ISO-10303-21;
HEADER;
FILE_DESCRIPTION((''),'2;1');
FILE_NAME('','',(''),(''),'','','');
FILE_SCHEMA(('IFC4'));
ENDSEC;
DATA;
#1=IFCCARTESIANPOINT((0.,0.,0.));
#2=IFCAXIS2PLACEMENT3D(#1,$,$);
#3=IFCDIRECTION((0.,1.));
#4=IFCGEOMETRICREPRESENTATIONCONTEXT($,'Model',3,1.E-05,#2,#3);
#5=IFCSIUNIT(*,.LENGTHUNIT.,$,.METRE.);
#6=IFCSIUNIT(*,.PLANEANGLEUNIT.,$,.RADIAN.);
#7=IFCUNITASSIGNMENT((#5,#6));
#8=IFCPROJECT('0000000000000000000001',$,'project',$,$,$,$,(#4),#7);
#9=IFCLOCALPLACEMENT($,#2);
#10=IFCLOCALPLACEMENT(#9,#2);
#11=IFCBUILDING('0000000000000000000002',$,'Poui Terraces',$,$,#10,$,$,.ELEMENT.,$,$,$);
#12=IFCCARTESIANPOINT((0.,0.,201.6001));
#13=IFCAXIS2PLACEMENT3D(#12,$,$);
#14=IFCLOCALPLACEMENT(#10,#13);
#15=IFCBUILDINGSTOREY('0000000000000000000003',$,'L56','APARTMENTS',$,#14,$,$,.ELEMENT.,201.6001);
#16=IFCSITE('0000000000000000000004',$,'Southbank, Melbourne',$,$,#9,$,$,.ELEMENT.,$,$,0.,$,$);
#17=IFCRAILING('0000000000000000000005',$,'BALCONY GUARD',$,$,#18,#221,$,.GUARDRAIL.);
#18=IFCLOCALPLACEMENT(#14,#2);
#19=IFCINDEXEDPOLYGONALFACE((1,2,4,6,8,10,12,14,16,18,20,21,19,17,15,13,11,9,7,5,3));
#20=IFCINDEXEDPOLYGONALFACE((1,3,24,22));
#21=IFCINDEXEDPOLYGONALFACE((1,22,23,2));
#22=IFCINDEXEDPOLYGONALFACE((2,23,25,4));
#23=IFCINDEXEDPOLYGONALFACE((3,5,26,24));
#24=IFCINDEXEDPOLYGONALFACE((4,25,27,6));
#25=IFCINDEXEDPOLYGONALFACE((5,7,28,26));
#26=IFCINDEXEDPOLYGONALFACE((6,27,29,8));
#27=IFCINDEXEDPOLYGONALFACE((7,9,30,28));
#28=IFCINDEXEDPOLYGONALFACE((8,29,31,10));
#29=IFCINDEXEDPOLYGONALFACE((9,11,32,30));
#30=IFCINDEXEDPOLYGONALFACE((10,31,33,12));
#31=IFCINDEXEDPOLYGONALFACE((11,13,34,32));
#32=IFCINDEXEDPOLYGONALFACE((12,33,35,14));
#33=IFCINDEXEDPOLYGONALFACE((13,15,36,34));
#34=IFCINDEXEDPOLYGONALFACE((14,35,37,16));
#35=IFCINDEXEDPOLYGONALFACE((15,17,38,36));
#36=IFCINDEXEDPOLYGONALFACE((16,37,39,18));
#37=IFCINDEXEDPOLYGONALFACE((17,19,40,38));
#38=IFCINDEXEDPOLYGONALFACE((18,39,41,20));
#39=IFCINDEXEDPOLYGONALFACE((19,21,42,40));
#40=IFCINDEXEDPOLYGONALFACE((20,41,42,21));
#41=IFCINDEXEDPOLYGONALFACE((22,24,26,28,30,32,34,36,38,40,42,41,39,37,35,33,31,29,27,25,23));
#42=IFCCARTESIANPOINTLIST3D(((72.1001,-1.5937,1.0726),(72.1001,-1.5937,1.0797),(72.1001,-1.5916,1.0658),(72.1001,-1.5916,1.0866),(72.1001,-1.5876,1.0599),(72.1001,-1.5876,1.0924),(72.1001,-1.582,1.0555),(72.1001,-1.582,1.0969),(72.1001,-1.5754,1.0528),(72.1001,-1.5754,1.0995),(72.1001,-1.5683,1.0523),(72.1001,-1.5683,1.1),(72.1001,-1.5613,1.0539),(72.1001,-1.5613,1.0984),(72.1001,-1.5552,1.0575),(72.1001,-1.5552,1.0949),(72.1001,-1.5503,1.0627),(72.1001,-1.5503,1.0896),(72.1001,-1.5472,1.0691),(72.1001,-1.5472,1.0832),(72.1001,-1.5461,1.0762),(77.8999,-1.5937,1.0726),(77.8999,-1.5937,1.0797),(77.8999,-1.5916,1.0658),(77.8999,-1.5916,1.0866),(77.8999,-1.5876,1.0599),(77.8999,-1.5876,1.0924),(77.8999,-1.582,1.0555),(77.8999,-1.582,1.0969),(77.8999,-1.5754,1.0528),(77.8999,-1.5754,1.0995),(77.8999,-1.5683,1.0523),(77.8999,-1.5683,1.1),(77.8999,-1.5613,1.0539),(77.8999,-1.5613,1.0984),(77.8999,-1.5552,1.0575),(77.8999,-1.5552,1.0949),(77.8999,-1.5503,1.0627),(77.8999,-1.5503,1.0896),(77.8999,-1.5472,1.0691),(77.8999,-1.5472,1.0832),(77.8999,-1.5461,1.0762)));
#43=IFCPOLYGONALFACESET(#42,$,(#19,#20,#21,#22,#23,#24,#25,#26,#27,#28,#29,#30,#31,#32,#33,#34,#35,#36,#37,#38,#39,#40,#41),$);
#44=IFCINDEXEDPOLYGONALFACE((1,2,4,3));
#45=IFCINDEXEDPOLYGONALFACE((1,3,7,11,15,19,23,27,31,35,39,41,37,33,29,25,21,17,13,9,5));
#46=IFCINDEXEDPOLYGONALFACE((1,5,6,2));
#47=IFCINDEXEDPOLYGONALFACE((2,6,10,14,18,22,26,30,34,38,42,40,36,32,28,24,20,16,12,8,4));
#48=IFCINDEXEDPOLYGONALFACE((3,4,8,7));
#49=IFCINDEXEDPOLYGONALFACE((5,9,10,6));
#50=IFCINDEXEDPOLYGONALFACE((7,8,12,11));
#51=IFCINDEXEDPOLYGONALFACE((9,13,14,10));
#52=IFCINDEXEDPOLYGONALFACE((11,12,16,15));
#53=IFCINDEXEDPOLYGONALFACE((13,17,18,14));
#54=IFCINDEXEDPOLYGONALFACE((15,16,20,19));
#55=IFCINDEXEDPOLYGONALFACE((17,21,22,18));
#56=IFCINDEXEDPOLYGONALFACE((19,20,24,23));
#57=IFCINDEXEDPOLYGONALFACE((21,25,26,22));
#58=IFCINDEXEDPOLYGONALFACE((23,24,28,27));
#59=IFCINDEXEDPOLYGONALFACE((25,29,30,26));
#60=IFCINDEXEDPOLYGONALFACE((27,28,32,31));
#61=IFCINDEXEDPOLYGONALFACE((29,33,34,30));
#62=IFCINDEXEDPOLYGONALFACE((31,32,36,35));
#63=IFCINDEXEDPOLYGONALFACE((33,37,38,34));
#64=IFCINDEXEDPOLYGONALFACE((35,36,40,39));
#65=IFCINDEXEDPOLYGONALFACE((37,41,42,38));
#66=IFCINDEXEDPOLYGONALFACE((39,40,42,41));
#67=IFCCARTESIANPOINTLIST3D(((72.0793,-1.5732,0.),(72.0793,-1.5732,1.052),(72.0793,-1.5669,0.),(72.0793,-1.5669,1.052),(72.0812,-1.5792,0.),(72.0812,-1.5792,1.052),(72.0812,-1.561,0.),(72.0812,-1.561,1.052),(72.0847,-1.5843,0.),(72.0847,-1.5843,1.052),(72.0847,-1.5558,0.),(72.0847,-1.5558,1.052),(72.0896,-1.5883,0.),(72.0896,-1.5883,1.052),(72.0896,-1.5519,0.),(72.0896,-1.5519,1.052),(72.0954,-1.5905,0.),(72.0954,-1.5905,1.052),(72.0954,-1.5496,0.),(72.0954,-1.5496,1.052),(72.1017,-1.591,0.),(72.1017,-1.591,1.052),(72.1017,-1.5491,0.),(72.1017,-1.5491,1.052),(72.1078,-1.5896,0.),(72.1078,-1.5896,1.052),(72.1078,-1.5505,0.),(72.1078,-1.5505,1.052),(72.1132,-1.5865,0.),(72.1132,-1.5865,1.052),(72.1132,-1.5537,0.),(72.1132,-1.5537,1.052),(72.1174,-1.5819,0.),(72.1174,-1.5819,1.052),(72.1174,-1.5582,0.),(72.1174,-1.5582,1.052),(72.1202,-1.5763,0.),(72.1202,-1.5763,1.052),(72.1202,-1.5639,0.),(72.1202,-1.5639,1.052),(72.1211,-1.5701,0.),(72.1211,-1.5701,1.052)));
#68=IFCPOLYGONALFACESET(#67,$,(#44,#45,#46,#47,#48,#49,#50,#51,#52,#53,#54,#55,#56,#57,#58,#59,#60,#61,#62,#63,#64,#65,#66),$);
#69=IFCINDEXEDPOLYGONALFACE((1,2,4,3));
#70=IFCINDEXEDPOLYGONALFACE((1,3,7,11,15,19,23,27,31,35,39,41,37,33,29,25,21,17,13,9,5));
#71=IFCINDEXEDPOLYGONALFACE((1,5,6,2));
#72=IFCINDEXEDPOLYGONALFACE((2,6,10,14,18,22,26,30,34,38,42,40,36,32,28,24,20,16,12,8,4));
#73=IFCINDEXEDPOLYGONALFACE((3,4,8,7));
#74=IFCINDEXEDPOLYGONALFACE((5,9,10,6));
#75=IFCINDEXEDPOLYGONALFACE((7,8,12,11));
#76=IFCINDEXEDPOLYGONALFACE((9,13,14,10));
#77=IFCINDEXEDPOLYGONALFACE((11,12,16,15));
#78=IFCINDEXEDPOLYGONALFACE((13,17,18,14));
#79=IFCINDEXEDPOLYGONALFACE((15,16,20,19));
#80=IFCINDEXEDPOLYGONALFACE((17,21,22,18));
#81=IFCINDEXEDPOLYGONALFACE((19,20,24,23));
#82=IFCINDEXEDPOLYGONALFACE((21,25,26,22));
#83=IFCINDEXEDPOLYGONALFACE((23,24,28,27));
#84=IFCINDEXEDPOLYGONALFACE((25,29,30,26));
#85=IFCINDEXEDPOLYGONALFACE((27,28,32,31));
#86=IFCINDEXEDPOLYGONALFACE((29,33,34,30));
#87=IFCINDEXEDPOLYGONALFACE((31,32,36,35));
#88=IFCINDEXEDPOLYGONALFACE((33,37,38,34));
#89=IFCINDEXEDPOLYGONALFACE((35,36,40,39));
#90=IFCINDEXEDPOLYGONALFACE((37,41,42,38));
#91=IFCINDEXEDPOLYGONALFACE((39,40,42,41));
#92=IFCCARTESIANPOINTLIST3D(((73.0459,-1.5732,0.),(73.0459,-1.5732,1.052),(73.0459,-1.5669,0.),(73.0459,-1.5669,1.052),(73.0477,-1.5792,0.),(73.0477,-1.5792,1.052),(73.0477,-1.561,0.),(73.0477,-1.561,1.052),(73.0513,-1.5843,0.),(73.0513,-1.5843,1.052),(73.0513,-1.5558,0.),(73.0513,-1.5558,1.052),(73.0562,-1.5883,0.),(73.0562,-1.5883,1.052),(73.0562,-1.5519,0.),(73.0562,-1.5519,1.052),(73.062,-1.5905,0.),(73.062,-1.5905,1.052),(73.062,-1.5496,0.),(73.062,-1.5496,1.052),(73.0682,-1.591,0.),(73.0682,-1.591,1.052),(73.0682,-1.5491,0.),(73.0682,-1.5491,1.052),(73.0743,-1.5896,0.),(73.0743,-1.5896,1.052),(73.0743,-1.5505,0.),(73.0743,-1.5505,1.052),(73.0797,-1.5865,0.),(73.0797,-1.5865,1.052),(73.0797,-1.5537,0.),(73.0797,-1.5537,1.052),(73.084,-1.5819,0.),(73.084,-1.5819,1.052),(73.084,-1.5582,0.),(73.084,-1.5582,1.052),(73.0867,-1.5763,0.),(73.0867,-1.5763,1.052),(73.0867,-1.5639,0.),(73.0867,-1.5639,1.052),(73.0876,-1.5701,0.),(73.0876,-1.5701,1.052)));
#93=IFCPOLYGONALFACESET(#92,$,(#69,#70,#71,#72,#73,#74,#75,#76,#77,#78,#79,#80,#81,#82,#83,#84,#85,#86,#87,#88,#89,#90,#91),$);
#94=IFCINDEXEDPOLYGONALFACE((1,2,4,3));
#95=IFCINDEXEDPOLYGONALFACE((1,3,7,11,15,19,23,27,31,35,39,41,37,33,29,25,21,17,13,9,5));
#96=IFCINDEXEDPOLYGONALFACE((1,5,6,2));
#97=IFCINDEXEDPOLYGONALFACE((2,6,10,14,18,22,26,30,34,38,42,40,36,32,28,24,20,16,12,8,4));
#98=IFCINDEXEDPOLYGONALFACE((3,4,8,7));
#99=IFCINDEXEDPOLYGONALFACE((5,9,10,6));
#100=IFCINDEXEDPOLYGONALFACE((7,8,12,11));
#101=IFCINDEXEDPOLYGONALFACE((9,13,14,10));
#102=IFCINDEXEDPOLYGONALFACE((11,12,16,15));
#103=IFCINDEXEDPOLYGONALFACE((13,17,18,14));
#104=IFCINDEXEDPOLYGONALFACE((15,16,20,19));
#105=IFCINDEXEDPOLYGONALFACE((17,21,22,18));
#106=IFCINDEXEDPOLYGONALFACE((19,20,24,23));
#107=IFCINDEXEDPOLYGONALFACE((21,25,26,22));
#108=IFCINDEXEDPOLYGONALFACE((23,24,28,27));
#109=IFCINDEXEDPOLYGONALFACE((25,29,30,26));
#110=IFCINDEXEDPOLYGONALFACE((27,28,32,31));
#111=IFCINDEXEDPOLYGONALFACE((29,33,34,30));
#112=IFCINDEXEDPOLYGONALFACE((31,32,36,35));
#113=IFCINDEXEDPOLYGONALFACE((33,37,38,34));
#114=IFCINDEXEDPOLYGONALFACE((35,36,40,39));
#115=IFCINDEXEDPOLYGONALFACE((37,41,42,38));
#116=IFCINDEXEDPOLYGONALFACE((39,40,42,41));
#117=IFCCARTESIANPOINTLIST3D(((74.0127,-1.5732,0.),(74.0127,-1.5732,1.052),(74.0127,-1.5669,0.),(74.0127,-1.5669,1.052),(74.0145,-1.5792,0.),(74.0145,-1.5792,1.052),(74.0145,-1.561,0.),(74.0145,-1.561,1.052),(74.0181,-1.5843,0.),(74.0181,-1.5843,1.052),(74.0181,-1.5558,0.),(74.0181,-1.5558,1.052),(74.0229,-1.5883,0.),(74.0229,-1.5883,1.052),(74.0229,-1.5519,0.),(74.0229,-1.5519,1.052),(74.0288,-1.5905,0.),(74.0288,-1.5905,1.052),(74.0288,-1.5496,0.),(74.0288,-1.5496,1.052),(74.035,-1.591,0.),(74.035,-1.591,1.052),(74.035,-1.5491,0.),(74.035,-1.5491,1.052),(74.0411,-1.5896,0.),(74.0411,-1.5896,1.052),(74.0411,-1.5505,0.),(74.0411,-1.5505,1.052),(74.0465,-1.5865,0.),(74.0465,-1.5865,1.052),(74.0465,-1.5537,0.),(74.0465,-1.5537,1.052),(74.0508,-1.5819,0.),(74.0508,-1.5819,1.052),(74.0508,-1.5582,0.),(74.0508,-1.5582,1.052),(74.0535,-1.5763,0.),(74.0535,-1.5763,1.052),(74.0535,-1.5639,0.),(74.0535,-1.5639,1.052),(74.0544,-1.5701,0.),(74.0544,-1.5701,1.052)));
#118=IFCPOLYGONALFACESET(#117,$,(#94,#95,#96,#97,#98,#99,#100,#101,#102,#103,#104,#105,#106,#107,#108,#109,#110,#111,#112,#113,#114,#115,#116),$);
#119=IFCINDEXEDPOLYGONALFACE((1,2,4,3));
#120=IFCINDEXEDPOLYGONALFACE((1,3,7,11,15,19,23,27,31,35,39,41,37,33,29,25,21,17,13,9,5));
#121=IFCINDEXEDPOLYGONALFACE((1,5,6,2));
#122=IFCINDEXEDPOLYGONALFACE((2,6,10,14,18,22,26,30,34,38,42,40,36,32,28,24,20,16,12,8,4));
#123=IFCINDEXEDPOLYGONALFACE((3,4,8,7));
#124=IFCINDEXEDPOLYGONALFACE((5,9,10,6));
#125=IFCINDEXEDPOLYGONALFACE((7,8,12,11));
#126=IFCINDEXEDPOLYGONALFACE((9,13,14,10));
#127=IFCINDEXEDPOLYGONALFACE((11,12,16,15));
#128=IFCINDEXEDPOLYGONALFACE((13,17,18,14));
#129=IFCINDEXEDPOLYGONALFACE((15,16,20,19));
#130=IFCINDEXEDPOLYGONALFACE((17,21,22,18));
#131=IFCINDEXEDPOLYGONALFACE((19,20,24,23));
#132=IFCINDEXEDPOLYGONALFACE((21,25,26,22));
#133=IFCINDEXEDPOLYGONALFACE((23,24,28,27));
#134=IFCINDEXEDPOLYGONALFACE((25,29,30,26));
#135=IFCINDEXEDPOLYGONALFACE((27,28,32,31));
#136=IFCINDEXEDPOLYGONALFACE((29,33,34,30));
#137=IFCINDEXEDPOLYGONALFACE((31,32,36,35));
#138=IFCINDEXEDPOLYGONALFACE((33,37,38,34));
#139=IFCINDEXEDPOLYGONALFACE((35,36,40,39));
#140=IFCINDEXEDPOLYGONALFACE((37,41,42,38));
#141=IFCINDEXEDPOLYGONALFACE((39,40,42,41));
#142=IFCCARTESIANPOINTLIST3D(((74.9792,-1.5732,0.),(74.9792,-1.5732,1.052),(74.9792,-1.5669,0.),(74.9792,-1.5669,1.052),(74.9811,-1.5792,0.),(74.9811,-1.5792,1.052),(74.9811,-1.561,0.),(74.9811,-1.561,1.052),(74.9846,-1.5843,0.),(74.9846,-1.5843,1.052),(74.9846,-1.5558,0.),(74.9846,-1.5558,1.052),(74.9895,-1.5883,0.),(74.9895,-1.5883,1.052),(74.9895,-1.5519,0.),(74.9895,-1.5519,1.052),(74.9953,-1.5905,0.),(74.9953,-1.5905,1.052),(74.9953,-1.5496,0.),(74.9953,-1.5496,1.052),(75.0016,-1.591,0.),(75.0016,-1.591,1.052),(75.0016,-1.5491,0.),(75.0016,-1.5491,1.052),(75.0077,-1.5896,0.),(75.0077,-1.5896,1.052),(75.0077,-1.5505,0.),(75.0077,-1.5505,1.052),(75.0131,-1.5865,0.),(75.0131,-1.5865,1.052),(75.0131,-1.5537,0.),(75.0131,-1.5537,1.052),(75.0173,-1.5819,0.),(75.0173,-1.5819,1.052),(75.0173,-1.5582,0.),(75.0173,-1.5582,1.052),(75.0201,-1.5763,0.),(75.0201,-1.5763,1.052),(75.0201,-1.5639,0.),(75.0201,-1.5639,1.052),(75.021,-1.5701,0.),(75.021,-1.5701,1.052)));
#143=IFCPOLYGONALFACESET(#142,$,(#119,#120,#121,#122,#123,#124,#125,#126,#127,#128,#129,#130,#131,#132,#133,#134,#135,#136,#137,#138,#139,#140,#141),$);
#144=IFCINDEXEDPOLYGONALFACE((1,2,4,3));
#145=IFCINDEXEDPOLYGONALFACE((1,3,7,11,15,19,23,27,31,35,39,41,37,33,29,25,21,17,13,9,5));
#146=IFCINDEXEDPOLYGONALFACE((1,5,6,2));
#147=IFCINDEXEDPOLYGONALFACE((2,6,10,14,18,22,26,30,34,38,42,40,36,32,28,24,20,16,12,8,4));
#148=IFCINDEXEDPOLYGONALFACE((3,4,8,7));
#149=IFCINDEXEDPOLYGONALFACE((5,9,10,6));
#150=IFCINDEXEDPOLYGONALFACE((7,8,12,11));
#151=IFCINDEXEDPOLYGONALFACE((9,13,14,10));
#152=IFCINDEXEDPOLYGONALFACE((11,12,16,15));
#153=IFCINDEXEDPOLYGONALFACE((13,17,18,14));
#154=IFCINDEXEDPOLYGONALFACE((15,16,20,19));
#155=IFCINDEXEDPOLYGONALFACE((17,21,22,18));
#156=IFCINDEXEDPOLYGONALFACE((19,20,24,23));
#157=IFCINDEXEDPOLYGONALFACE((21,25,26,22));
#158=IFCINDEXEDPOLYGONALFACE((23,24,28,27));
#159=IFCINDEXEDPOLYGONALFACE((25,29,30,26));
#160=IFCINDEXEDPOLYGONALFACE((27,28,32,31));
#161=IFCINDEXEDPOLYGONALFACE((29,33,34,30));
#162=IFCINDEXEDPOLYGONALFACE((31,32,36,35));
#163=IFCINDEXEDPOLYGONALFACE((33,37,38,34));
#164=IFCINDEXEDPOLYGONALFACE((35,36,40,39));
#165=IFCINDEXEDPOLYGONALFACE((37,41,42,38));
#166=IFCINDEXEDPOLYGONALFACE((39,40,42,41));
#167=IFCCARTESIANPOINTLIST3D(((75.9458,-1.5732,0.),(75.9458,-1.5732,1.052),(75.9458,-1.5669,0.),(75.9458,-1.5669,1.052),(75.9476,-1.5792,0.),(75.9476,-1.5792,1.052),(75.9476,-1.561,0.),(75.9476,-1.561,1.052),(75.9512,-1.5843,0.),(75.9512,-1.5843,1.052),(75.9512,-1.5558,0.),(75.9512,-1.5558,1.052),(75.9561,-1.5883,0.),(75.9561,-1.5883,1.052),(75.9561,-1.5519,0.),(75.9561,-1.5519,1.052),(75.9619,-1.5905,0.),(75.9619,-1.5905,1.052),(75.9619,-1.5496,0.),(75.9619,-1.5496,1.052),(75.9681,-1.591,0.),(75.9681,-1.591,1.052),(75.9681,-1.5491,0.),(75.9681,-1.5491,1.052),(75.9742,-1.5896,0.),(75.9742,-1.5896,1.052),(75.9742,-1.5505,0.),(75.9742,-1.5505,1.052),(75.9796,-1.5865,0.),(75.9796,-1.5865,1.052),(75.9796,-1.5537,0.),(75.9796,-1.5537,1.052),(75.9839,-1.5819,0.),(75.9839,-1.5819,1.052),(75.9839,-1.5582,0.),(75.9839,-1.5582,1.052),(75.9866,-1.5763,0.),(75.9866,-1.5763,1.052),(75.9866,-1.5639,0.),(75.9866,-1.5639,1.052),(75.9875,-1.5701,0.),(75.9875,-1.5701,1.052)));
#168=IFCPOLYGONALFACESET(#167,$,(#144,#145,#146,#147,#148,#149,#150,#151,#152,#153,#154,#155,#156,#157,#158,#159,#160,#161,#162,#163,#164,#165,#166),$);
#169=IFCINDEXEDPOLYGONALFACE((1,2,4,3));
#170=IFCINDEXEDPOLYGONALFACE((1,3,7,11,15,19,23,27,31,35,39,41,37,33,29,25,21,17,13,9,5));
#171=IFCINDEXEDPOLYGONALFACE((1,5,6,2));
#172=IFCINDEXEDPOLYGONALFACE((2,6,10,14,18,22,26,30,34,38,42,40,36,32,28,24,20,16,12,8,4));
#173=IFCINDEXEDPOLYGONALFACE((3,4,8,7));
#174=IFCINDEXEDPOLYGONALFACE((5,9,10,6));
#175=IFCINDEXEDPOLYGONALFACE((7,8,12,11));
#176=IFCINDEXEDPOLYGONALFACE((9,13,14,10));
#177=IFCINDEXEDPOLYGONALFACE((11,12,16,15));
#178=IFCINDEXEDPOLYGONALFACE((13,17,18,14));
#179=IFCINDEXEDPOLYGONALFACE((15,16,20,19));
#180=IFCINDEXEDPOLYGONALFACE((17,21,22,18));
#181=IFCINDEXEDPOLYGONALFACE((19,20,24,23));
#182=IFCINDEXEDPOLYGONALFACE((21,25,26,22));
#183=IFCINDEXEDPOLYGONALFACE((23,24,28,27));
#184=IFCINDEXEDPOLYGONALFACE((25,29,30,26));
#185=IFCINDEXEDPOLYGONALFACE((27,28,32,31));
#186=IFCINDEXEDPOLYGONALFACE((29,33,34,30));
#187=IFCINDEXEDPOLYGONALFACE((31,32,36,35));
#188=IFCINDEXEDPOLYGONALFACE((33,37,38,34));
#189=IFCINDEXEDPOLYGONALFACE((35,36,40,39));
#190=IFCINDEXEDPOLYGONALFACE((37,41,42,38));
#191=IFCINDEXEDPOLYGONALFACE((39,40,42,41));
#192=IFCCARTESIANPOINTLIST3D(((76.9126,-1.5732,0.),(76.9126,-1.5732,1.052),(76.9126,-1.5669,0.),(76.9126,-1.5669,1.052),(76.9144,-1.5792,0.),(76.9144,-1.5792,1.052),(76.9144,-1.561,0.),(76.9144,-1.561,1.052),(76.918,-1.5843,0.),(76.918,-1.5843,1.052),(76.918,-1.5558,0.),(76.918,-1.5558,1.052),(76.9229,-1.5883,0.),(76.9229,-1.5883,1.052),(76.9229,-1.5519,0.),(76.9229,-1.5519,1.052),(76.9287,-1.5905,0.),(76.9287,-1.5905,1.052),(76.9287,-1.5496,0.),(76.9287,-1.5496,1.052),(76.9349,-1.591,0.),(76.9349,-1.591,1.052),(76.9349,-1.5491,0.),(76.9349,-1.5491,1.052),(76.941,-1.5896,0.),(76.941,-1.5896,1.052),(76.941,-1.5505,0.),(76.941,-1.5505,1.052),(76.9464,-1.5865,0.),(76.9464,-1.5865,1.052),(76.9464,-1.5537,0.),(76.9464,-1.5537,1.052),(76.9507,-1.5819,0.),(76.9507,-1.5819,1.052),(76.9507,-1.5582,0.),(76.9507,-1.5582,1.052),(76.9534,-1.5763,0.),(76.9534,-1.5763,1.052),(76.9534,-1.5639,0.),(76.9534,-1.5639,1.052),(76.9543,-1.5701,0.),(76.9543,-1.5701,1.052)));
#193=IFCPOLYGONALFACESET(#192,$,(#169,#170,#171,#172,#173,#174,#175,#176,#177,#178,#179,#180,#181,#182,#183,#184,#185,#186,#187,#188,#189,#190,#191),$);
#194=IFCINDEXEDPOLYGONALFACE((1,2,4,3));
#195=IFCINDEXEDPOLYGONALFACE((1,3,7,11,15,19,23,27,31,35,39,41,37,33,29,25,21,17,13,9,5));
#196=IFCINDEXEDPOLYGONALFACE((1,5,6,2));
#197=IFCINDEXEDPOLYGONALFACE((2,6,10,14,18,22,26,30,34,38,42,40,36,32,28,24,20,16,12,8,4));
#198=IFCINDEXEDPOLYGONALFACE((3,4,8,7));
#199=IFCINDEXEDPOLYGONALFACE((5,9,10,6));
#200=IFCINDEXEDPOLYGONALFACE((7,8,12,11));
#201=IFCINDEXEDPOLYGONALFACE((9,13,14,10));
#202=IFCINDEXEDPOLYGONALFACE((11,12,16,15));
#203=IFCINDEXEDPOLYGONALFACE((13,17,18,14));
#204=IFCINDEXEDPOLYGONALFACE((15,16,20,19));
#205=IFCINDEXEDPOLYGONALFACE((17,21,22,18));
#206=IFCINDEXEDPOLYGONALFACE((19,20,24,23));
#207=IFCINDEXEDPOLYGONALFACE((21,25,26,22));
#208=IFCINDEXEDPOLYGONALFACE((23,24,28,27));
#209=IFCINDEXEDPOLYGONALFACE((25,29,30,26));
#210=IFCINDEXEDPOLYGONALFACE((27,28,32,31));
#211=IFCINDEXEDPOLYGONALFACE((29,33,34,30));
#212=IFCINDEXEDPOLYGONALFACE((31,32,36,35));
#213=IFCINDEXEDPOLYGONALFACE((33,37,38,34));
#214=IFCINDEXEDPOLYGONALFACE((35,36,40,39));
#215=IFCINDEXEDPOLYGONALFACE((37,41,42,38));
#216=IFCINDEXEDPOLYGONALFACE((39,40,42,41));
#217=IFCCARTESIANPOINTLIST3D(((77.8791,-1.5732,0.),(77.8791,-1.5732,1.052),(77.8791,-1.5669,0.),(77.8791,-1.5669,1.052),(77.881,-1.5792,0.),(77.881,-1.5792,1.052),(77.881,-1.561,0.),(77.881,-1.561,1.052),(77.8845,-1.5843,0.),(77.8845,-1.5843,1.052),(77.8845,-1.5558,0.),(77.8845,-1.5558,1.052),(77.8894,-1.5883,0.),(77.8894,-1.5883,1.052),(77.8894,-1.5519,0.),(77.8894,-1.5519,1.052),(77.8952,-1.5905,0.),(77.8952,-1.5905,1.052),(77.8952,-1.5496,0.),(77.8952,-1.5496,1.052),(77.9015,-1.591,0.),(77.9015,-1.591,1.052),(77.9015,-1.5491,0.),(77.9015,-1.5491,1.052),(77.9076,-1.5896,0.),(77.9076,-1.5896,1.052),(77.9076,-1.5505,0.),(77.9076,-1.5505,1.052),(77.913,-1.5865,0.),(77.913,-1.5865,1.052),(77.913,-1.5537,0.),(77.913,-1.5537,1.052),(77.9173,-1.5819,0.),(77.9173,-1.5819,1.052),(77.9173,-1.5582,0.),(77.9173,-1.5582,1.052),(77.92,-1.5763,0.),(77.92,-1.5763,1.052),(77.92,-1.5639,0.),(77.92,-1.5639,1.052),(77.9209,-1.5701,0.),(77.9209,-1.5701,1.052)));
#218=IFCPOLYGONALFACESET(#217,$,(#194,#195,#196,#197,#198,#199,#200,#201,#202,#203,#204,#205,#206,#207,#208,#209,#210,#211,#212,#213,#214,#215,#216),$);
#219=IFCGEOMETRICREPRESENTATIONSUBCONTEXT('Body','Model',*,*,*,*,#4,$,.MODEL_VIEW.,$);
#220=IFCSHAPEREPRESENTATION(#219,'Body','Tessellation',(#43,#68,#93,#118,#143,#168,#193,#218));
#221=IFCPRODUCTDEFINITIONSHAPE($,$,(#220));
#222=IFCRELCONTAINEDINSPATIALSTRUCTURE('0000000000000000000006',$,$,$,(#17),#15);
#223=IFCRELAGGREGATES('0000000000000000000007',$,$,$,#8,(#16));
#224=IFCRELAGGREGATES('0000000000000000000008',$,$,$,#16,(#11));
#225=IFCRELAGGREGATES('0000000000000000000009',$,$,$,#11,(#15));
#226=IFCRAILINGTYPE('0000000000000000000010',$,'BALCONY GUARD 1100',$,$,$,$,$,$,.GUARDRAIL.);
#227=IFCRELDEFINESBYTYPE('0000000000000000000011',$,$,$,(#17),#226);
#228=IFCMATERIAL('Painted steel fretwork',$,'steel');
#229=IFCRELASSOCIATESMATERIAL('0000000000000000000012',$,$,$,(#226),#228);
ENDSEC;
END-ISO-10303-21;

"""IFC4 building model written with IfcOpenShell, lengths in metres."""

from ifc_helpers import new_model, si_unit, direction, frame, origin, origin_2d, place, context, subcontext, project, spatial, circle, extrude, material, type_object, element, save


model = new_model("IFC4")

# Units and contexts
model_context = context("Model", 3, precision=1e-05, world=origin(), true_north=direction((0.0, 1.0)))
body_context = subcontext(model_context, "Body", "Model", "MODEL_VIEW")
ifc_project = project(units=[si_unit("LENGTHUNIT", "METRE"), si_unit("PLANEANGLEUNIT", "RADIAN")], contexts=[model_context])

# Site, building, storey
site_placement = place(None, origin())
site = spatial("IfcSite", under=ifc_project, at=site_placement, Name="Southbank, Melbourne", CompositionType="ELEMENT", RefElevation=0.0)
building_placement = place(site_placement, origin())
building = spatial("IfcBuilding", under=site, at=building_placement, Name="Poui Terraces", CompositionType="ELEMENT")
storey_placement = place(building_placement, frame((0.0, 0.0, 201.6001)))
storey = spatial("IfcBuildingStorey", under=building, at=storey_placement, Name="L56", Description="APARTMENTS", CompositionType="ELEMENT", Elevation=201.6001)

# Railing
ifc_material_1 = material(Name="Painted steel fretwork", Category="steel")
railing_type = type_object("IfcRailingType", Name="BALCONY GUARD 1100", PredefinedType="GUARDRAIL", material=ifc_material_1)
railing_placement = place(storey_placement, frame((72.1001, -1.5701, 0.0)))
element("IfcRailing", 1, at=railing_placement, inside=storey, type_object=railing_type, Name="BALCONY GUARD", PredefinedType="GUARDRAIL", context=body_context, shape_type="SweptSolid", body=[
    extrude(circle(Radius=0.0239, at=origin_2d()), frame((0.0, 0.0, 1.0762), z_axis=(1.0, 0.0, 0.0), x_axis=(0.0, 1.0, 0.0)), (0.0, 0.0, 1.0), 5.7998),
    extrude(circle(Radius=0.021, at=origin_2d()), origin(), (0.0, 0.0, 1.0), 1.052),
    extrude(circle(Radius=0.021, at=origin_2d()), frame((0.9666, 0.0, 0.0)), (0.0, 0.0, 1.0), 1.052),
    extrude(circle(Radius=0.021, at=origin_2d()), frame((1.9333, 0.0, 0.0)), (0.0, 0.0, 1.0), 1.052),
    extrude(circle(Radius=0.021, at=origin_2d()), frame((2.8999, 0.0, 0.0)), (0.0, 0.0, 1.0), 1.052),
    extrude(circle(Radius=0.021, at=origin_2d()), frame((3.8665, 0.0, 0.0)), (0.0, 0.0, 1.0), 1.052),
    extrude(circle(Radius=0.021, at=origin_2d()), frame((4.8333, 0.0, 0.0)), (0.0, 0.0, 1.0), 1.052),
    extrude(circle(Radius=0.021, at=origin_2d()), frame((5.7998, 0.0, 0.0)), (0.0, 0.0, 1.0), 1.052),
])

save(model, "model.ifc")
